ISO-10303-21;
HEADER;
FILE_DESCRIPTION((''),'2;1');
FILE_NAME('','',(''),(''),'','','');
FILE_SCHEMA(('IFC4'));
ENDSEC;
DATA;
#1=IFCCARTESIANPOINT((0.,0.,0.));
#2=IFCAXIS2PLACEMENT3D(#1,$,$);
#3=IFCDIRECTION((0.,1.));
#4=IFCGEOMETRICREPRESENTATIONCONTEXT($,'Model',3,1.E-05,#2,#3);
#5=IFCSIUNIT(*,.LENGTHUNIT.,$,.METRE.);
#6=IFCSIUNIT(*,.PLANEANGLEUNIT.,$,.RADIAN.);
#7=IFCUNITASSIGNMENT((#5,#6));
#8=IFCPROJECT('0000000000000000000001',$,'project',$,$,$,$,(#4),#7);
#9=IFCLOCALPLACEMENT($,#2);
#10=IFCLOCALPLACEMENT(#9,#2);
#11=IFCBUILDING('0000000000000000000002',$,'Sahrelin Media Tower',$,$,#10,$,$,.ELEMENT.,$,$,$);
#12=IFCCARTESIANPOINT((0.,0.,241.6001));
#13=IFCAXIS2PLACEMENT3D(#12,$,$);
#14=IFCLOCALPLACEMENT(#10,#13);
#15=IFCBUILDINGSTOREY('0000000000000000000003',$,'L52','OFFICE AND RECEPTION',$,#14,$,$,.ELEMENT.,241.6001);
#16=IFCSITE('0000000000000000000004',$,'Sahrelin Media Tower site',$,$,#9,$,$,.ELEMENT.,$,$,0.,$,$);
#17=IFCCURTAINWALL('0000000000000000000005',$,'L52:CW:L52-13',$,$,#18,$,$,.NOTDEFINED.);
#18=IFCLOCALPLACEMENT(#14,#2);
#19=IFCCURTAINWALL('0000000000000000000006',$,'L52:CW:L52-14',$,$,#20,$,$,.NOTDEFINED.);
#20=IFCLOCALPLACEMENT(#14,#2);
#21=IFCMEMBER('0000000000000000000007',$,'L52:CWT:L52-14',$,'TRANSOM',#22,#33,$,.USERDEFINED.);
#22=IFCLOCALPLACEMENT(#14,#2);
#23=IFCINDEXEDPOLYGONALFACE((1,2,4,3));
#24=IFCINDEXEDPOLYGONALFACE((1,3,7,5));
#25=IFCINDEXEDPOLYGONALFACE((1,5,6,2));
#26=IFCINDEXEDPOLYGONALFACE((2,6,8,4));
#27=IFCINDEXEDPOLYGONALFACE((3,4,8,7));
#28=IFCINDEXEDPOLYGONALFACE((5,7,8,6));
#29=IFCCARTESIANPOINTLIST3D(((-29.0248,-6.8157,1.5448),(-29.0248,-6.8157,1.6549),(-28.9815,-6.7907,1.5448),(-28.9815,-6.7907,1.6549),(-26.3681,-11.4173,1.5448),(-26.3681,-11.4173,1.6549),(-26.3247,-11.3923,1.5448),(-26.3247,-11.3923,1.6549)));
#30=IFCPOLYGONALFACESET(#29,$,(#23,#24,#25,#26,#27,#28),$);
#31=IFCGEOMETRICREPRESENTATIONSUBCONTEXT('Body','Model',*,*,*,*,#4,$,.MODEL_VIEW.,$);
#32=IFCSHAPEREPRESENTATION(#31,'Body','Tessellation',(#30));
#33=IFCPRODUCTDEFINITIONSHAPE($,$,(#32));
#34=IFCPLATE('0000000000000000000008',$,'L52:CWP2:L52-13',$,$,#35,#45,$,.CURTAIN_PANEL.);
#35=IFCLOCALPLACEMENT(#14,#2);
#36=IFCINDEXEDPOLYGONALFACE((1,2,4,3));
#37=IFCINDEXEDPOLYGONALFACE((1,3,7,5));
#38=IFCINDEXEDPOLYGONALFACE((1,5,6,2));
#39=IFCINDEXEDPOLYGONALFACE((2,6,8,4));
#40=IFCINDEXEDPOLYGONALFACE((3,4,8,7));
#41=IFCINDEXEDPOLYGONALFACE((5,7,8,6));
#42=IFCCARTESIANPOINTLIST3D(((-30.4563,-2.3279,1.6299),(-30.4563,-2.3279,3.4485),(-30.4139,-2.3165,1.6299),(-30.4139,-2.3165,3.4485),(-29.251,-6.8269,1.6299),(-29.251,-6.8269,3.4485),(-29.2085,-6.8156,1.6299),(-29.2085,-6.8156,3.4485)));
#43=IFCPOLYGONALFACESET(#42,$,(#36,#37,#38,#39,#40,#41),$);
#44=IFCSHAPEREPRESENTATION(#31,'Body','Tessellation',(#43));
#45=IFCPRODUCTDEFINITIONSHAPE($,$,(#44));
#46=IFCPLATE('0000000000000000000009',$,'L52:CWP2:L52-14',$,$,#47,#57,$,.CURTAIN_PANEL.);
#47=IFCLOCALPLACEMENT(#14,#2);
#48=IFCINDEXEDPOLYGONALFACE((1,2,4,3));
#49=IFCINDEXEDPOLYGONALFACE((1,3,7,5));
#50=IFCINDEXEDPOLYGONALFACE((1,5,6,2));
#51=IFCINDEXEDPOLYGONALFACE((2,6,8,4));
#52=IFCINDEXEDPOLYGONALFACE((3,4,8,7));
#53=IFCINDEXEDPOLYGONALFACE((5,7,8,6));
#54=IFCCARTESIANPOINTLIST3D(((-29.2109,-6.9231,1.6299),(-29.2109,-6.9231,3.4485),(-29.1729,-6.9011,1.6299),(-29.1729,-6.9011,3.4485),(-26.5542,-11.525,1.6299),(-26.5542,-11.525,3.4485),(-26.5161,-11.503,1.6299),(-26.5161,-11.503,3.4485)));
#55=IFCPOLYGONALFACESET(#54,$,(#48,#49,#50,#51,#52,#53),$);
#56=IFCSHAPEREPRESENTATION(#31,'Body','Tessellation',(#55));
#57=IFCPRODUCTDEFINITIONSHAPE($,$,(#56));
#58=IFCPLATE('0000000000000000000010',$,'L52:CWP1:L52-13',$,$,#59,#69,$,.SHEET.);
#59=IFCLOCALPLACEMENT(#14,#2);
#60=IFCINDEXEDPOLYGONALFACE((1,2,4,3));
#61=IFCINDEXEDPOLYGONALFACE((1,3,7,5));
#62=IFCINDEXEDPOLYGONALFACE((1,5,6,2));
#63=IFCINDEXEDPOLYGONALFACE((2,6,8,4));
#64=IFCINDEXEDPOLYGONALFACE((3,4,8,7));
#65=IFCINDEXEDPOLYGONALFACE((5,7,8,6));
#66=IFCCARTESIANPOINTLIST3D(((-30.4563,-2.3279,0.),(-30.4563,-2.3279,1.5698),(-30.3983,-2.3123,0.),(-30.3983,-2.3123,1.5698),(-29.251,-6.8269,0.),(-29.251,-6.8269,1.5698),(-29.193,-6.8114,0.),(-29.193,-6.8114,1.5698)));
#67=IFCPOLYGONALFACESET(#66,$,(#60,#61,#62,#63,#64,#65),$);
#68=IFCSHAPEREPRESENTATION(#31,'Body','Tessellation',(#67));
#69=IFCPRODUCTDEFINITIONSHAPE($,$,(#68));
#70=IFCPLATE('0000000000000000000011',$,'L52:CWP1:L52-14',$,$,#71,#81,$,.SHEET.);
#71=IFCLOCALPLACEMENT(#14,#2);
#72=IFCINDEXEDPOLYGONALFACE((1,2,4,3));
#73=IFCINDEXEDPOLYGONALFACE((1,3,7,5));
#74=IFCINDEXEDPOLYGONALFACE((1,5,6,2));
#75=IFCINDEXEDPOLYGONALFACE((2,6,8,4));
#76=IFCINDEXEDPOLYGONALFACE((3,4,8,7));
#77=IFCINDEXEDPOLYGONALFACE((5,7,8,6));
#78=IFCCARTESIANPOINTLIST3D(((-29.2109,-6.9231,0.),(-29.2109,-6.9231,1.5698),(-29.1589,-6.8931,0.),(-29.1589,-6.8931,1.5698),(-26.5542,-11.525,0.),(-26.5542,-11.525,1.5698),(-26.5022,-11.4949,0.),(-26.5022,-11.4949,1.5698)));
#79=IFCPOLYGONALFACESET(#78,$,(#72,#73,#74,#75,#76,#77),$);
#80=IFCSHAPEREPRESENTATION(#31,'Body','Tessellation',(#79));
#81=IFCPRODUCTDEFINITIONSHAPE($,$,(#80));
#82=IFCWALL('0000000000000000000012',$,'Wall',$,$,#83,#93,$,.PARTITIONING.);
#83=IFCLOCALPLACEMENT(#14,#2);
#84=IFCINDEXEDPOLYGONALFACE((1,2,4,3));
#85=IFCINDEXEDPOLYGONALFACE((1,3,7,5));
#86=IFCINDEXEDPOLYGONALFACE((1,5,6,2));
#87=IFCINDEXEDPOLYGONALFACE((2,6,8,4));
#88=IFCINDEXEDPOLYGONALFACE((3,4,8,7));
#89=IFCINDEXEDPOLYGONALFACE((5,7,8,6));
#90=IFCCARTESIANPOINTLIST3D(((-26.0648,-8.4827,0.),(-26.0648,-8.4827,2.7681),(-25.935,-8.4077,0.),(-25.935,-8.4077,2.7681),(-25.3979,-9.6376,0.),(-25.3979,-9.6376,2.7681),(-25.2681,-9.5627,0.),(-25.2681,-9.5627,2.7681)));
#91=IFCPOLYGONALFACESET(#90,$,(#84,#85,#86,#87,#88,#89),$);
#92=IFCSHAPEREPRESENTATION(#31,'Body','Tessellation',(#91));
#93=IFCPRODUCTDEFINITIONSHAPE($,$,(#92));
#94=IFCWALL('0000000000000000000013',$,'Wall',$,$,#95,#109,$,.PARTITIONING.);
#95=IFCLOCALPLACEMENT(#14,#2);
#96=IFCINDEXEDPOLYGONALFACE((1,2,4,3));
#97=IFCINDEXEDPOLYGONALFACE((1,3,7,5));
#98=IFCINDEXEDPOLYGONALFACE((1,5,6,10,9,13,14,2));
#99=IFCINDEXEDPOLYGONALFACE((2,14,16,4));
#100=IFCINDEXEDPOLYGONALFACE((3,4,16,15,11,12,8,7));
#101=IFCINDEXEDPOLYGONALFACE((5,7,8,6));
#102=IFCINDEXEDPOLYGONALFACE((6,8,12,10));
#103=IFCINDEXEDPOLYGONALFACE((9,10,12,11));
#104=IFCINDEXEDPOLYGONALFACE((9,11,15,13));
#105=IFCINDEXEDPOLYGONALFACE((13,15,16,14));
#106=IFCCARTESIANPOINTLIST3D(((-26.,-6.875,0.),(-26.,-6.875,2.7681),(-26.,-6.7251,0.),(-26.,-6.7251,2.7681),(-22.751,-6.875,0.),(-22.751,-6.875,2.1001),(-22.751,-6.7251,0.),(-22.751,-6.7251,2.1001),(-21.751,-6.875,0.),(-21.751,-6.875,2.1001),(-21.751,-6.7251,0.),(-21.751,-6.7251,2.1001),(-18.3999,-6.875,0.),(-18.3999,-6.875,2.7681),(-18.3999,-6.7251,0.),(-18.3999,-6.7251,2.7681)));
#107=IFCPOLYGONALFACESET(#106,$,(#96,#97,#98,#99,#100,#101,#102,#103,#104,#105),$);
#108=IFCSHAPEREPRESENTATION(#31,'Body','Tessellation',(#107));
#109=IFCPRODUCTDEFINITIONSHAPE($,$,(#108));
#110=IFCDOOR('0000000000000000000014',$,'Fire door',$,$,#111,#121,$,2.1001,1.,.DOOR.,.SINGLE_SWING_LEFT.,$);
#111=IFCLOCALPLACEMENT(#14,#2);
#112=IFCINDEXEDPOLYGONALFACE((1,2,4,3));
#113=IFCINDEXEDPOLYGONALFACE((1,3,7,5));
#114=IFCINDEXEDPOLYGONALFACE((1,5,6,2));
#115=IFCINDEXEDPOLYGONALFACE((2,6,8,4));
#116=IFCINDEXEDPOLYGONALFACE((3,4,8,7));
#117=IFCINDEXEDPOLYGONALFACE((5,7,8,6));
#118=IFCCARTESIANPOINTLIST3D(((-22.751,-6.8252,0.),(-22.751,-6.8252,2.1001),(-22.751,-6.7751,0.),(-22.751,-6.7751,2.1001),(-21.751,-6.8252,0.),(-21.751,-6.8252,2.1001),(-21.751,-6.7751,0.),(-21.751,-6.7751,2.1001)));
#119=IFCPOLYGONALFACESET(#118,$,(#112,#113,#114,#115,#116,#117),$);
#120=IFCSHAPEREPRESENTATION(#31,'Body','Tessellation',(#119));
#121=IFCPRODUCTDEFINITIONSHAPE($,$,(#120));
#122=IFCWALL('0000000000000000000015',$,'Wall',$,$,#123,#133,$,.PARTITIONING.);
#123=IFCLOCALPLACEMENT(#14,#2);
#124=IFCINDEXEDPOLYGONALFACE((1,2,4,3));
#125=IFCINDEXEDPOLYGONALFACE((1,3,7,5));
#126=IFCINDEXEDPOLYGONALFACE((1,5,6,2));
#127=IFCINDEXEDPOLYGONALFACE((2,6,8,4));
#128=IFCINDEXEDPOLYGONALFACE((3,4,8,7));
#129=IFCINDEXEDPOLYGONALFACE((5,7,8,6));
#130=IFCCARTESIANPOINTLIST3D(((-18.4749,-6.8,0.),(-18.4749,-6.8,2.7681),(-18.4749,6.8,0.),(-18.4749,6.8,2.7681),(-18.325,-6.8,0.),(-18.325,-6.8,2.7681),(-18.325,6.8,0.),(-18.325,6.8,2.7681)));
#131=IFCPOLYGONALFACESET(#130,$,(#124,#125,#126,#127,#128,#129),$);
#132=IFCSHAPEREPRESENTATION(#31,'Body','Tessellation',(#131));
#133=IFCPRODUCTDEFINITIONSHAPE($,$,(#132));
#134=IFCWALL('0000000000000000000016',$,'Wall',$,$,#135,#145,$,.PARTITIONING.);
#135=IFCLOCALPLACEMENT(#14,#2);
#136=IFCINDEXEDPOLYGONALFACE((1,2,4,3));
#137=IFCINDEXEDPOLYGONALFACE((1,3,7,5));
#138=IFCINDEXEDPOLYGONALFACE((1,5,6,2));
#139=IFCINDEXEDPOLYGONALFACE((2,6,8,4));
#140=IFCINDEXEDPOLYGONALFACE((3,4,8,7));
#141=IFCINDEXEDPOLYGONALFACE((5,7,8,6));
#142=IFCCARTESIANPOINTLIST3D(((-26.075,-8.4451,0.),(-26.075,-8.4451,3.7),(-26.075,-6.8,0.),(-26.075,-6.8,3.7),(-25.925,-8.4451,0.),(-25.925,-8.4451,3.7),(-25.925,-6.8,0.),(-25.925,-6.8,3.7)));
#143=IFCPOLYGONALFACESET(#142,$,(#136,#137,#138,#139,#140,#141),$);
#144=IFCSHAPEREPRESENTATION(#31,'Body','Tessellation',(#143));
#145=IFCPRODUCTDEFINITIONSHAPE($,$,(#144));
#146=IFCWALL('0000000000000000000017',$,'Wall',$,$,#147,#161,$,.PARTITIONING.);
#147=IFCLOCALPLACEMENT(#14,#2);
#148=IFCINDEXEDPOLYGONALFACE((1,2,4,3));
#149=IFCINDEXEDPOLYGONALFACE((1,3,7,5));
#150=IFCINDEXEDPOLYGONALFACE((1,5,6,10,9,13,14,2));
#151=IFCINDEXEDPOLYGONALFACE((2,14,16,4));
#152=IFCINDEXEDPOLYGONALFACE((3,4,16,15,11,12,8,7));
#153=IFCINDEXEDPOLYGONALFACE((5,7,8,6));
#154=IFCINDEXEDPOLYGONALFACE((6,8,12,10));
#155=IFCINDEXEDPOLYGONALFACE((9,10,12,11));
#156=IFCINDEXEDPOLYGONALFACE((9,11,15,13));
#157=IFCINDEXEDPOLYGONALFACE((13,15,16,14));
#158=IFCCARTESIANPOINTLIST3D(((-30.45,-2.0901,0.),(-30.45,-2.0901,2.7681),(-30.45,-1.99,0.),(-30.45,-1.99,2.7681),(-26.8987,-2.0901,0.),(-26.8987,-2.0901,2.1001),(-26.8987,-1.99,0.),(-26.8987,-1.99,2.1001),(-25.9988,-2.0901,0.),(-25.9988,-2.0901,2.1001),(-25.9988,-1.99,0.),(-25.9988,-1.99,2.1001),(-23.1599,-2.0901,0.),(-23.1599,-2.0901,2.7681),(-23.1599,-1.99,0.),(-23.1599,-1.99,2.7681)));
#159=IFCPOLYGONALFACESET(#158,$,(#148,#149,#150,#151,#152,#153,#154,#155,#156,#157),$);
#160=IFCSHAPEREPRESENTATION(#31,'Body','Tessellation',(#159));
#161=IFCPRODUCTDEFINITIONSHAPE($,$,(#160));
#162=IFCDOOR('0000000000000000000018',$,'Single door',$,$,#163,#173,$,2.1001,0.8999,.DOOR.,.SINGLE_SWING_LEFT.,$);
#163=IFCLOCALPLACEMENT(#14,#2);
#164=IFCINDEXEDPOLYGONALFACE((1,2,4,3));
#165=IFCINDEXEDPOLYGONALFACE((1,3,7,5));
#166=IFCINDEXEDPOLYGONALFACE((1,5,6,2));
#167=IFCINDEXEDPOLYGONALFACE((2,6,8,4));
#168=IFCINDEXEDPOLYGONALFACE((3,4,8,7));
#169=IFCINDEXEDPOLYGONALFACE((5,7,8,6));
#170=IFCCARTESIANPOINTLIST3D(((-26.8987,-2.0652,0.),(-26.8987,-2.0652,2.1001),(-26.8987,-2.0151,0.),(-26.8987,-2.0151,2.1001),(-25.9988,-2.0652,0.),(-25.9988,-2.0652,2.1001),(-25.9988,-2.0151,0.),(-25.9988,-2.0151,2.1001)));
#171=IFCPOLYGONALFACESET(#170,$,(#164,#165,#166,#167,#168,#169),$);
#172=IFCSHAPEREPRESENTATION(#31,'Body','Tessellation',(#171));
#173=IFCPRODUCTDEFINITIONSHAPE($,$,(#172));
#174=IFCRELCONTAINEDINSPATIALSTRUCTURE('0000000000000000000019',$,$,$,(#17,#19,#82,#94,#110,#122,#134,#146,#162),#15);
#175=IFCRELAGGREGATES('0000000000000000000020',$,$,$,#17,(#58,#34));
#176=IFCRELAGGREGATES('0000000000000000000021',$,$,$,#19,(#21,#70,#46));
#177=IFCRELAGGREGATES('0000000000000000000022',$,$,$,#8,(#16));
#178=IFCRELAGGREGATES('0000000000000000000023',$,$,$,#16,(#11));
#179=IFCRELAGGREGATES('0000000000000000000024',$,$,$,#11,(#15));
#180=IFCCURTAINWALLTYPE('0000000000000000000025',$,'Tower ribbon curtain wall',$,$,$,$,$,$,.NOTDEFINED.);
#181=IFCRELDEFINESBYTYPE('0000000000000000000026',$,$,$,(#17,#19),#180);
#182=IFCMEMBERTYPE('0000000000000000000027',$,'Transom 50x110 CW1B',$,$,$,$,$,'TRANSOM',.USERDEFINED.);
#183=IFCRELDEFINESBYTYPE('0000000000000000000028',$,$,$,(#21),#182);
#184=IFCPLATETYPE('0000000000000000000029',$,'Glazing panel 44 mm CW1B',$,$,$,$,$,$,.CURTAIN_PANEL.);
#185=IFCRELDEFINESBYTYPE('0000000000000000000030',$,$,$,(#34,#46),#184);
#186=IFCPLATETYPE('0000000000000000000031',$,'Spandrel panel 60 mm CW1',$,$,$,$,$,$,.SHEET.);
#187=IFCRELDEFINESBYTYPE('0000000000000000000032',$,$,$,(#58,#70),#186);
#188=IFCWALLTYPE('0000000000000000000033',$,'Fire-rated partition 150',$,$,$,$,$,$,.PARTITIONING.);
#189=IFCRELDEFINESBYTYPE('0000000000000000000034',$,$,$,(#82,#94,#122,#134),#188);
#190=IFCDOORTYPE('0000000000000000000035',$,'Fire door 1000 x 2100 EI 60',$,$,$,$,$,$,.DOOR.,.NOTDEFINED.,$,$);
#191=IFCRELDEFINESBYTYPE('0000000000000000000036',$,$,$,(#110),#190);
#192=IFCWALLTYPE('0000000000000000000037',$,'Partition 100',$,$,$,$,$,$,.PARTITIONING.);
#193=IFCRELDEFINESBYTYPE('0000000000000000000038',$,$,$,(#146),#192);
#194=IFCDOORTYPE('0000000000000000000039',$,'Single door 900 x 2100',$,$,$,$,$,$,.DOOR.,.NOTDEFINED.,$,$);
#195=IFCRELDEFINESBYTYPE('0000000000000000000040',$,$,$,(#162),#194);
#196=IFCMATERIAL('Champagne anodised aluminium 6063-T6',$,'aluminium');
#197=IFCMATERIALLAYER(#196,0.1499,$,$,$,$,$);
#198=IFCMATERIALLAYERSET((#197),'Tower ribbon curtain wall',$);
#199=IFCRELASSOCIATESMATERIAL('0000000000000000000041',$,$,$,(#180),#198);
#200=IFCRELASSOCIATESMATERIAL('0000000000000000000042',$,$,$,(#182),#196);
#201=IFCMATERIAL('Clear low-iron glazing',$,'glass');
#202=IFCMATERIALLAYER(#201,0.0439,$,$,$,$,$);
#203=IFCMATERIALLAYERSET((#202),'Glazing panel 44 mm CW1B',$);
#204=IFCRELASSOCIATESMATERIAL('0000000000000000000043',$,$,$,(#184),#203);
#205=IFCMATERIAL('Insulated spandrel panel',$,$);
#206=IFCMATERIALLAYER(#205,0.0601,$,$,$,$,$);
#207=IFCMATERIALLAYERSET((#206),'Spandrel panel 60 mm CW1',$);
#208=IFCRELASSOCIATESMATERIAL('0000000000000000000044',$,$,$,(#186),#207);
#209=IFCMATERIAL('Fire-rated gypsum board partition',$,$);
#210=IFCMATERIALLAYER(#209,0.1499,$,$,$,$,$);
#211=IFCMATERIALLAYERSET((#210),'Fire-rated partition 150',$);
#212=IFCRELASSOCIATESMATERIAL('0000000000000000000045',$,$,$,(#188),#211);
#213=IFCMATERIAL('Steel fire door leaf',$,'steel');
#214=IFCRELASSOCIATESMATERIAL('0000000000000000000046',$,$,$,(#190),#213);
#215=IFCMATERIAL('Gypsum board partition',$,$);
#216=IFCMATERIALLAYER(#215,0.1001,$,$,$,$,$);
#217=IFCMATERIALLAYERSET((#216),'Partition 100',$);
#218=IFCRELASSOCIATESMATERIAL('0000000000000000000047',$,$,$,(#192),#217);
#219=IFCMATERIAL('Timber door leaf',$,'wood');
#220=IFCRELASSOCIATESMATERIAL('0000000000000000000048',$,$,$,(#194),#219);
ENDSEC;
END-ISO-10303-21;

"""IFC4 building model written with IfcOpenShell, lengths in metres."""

from ifc_helpers import new_model, si_unit, direction, frame, frame_2d, origin, origin_2d, place, context, subcontext, project, spatial, polyline, rectangle, outline, extrude, material, layer, layer_set, material_profile, profile_set, type_object, element, fill, aggregate, save


model = new_model("IFC4")

# Units and contexts
model_context = context("Model", 3, precision=1e-05, world=origin(), true_north=direction((0.0, 1.0)))
body_context = subcontext(model_context, "Body", "Model", "MODEL_VIEW")
ifc_project = project(units=[si_unit("LENGTHUNIT", "METRE"), si_unit("PLANEANGLEUNIT", "RADIAN")], contexts=[model_context])

# Site, building, storey
site_placement = place(None, origin())
site = spatial("IfcSite", under=ifc_project, at=site_placement, Name="Sahrelin Media Tower site", CompositionType="ELEMENT", RefElevation=0.0)
building_placement = place(site_placement, origin())
building = spatial("IfcBuilding", under=site, at=building_placement, Name="Sahrelin Media Tower", CompositionType="ELEMENT")
storey_placement = place(building_placement, frame((0.0, 0.0, 241.6001)))
storey = spatial("IfcBuildingStorey", under=building, at=storey_placement, Name="L52", Description="OFFICE AND RECEPTION", CompositionType="ELEMENT", Elevation=241.6001)

# Curtain wall
ifc_material_1 = material(Name="Champagne anodised aluminium 6063-T6", Category="aluminium")
ifc_layer_1 = layer(ifc_material_1, 0.1499)
ifc_layer_set_1 = layer_set([ifc_layer_1], Name="Tower ribbon curtain wall")
curtain_wall_type = type_object("IfcCurtainWallType", Name="Tower ribbon curtain wall", PredefinedType="NOTDEFINED", material=ifc_layer_set_1)
curtain_wall_1_placement = place(storey_placement, frame((-29.8345, -4.5723, 0.0), z_axis=(0.0, 0.0, 1.0), x_axis=(1.0, 0.0, 0.0)))
curtain_wall_1 = element("IfcCurtainWall", 1, at=curtain_wall_1_placement, inside=storey, type_object=curtain_wall_type, Name="L52:CW:L52-13", PredefinedType="NOTDEFINED")

# Shared definitions
ifc_material_profile_1 = material_profile(ifc_material_1, rectangle(XDim=0.05, YDim=0.1101, at=origin_2d()), Name="Transom 50x110")
ifc_profile_set_1 = profile_set([ifc_material_profile_1], Name="Champagne anodised aluminium 6063-T6")
member_type_1 = type_object("IfcMemberType", Name="Transom 50x110 CW1B", ElementType="TRANSOM", PredefinedType="USERDEFINED", material=ifc_profile_set_1)

# Curtain wall, member
curtain_wall_2_placement = place(storey_placement, frame((-27.8652, -9.2141, 0.0), z_axis=(0.0, 0.0, 1.0), x_axis=(1.0, 0.0, 0.0)))
curtain_wall_2 = element("IfcCurtainWall", 2, at=curtain_wall_2_placement, inside=storey, type_object=curtain_wall_type, Name="L52:CW:L52-14", PredefinedType="NOTDEFINED")
member_1_placement = place(storey_placement, frame((-29.0032, -6.8032, 1.5999), z_axis=(0.500004, -0.866023, 0.0), x_axis=(0.866023, 0.500004, 0.0)))
member_1 = element("IfcMember", 3, at=member_1_placement, type_object=member_type_1, Name="L52:CWT:L52-14", ObjectType="TRANSOM", PredefinedType="USERDEFINED", context=body_context, shape_type="SweptSolid", body=[
    extrude(rectangle(XDim=0.05, YDim=0.1101, at=origin_2d()), origin(), (0.0, 0.0, 1.0), 5.3135),
])

# Plates
ifc_material_2 = material(Name="Clear low-iron glazing", Category="glass")
ifc_layer_2 = layer(ifc_material_2, 0.0439)
ifc_layer_set_2 = layer_set([ifc_layer_2], Name="Glazing panel 44 mm CW1B")
plate_type_1 = type_object("IfcPlateType", Name="Glazing panel 44 mm CW1B", PredefinedType="CURTAIN_PANEL", material=ifc_layer_set_2)
plate_1_placement = place(storey_placement, frame((-30.4563, -2.3279, 1.6299), z_axis=(-0.965936, -0.258781, 0.0), x_axis=(0.258781, -0.965936, 0.0)))
plate_1 = element("IfcPlate", 4, at=plate_1_placement, type_object=plate_type_1, Name="L52:CWP2:L52-13", PredefinedType="CURTAIN_PANEL", context=body_context, shape_type="SweptSolid", body=[
    extrude(outline(polyline([(0.0, 0.0), (4.6577, 0.0), (4.6577, 1.8186), (0.0, 1.8186), (0.0, 0.0)])), origin(), (0.0, 0.0, -1.0), 0.0439),
])
plate_2_placement = place(storey_placement, frame((-29.2109, -6.9231, 1.6299), z_axis=(-0.866035, -0.499984, 0.0), x_axis=(0.499984, -0.866035, 0.0)))
plate_2 = element("IfcPlate", 5, at=plate_2_placement, type_object=plate_type_1, Name="L52:CWP2:L52-14", PredefinedType="CURTAIN_PANEL", context=body_context, shape_type="SweptSolid", body=[
    extrude(outline(polyline([(0.0, 0.0), (5.3137, 0.0), (5.3137, 1.8186), (0.0, 1.8186), (0.0, 0.0)])), origin(), (0.0, 0.0, -1.0), 0.0439),
])
ifc_material_3 = material(Name="Insulated spandrel panel")
ifc_layer_3 = layer(ifc_material_3, 0.0601)
ifc_layer_set_3 = layer_set([ifc_layer_3], Name="Spandrel panel 60 mm CW1")
plate_type_2 = type_object("IfcPlateType", Name="Spandrel panel 60 mm CW1", PredefinedType="SHEET", material=ifc_layer_set_3)
plate_3_placement = place(storey_placement, frame((-30.4563, -2.3279, 0.0), z_axis=(-0.965936, -0.258781, 0.0), x_axis=(0.258781, -0.965936, 0.0)))
plate_3 = element("IfcPlate", 6, at=plate_3_placement, type_object=plate_type_2, Name="L52:CWP1:L52-13", PredefinedType="SHEET", context=body_context, shape_type="SweptSolid", body=[
    extrude(outline(polyline([(0.0, 0.0), (4.6577, 0.0), (4.6577, 1.5698), (0.0, 1.5698), (0.0, 0.0)])), origin(), (0.0, 0.0, -1.0), 0.0601),
])
aggregate(curtain_wall_1, [plate_3, plate_1])
plate_4_placement = place(storey_placement, frame((-29.2109, -6.9231, 0.0), z_axis=(-0.866035, -0.499984, 0.0), x_axis=(0.499984, -0.866035, 0.0)))
plate_4 = element("IfcPlate", 7, at=plate_4_placement, type_object=plate_type_2, Name="L52:CWP1:L52-14", PredefinedType="SHEET", context=body_context, shape_type="SweptSolid", body=[
    extrude(outline(polyline([(0.0, 0.0), (5.3137, 0.0), (5.3137, 1.5698), (0.0, 1.5698), (0.0, 0.0)])), origin(), (0.0, 0.0, -1.0), 0.0601),
])
aggregate(curtain_wall_2, [member_1, plate_4, plate_2])

# Wall
ifc_material_4 = material(Name="Fire-rated gypsum board partition")
ifc_layer_4 = layer(ifc_material_4, 0.1499)
ifc_layer_set_4 = layer_set([ifc_layer_4], Name="Fire-rated partition 150")
wall_type_1 = type_object("IfcWallType", Name="Fire-rated partition 150", PredefinedType="PARTITIONING", material=ifc_layer_set_4)
wall_1_placement = place(storey_placement, frame((-26.0, -8.4451, 0.0), z_axis=(0.0, 0.0, 1.0), x_axis=(0.500076, -0.865981, 0.0)))
element("IfcWall", 8, at=wall_1_placement, inside=storey, type_object=wall_type_1, Name="Wall", PredefinedType="PARTITIONING", context=body_context, shape_type="SweptSolid", body=[
    extrude(rectangle(XDim=1.3337, YDim=0.1499, at=frame_2d((0.667, 0.0))), origin(), (0.0, 0.0, 1.0), 2.7681),
])

# Wall, opening, door
wall_2_placement = place(storey_placement, frame((-26.0, -6.8, 0.0), z_axis=(0.0, 0.0, 1.0), x_axis=(1.0, 0.0, 0.0)))
wall_2 = element("IfcWall", 9, at=wall_2_placement, inside=storey, type_object=wall_type_1, Name="Wall", PredefinedType="PARTITIONING", context=body_context, shape_type="SweptSolid", body=[
    extrude(rectangle(XDim=7.6001, YDim=0.1499, at=frame_2d((3.8, 0.0))), origin(), (0.0, 0.0, 1.0), 2.7681),
])
opening_1_placement = place(wall_2_placement, frame((3.249, 0.0, 0.0)))
opening_1 = element("IfcOpeningElement", 10, at=opening_1_placement, cuts=wall_2, PredefinedType="OPENING", context=body_context, shape_type="SweptSolid", body=[
    extrude(rectangle(XDim=1.0, YDim=2.1001, at=frame_2d((0.5, 1.05))), frame((0.0, 0.075, 0.0), z_axis=(0.0, -1.0, 0.0), x_axis=(1.0, 0.0, 0.0)), (0.0, 0.0, 1.0), 0.1499),
])
ifc_material_5 = material(Name="Steel fire door leaf", Category="steel")
door_type_1 = type_object("IfcDoorType", Name="Fire door 1000 x 2100 EI 60", OperationType="NOTDEFINED", PredefinedType="DOOR", material=ifc_material_5)
door_1_placement = place(opening_1_placement, origin())
door_1 = element("IfcDoor", 11, at=door_1_placement, inside=storey, type_object=door_type_1, Name="Fire door", OperationType="SINGLE_SWING_LEFT", OverallHeight=2.1001, OverallWidth=1.0, PredefinedType="DOOR", context=body_context, shape_type="SweptSolid", body=[
    extrude(rectangle(XDim=1.0, YDim=2.1001, at=frame_2d((0.5, 1.05))), frame((0.0, 0.0249, 0.0), z_axis=(0.0, -1.0, 0.0), x_axis=(1.0, 0.0, 0.0)), (0.0, 0.0, 1.0), 0.05),
])
fill(opening_1, door_1)

# Walls
wall_3_placement = place(storey_placement, frame((-18.3999, -6.8, 0.0), z_axis=(0.0, 0.0, 1.0), x_axis=(0.0, 1.0, 0.0)))
element("IfcWall", 12, at=wall_3_placement, inside=storey, type_object=wall_type_1, Name="Wall", PredefinedType="PARTITIONING", context=body_context, shape_type="SweptSolid", body=[
    extrude(rectangle(XDim=13.6001, YDim=0.1499, at=frame_2d((6.8, 0.0))), origin(), (0.0, 0.0, 1.0), 2.7681),
])
wall_4_placement = place(storey_placement, frame((-26.0, -8.4451, 0.0), z_axis=(0.0, 0.0, 1.0), x_axis=(0.0, 1.0, 0.0)))
element("IfcWall", 13, at=wall_4_placement, inside=storey, type_object=wall_type_1, Name="Wall", PredefinedType="PARTITIONING", context=body_context, shape_type="SweptSolid", body=[
    extrude(rectangle(XDim=1.645, YDim=0.1499, at=frame_2d((0.8225, 0.0))), origin(), (0.0, 0.0, 1.0), 3.7),
])

# Wall, opening, door
ifc_material_6 = material(Name="Gypsum board partition")
ifc_layer_5 = layer(ifc_material_6, 0.1001)
ifc_layer_set_5 = layer_set([ifc_layer_5], Name="Partition 100")
wall_type_2 = type_object("IfcWallType", Name="Partition 100", PredefinedType="PARTITIONING", material=ifc_layer_set_5)
wall_5_placement = place(storey_placement, frame((-30.45, -2.04, 0.0), z_axis=(0.0, 0.0, 1.0), x_axis=(1.0, 0.0, 0.0)))
wall_5 = element("IfcWall", 14, at=wall_5_placement, inside=storey, type_object=wall_type_2, Name="Wall", PredefinedType="PARTITIONING", context=body_context, shape_type="SweptSolid", body=[
    extrude(rectangle(XDim=7.29, YDim=0.1001, at=frame_2d((3.645, 0.0))), origin(), (0.0, 0.0, 1.0), 2.7681),
])
opening_2_placement = place(wall_5_placement, frame((3.5513, 0.0, 0.0)))
opening_2 = element("IfcOpeningElement", 15, at=opening_2_placement, cuts=wall_5, PredefinedType="OPENING", context=body_context, shape_type="SweptSolid", body=[
    extrude(rectangle(XDim=0.8999, YDim=2.1001, at=frame_2d((0.45, 1.05))), frame((0.0, 0.05, 0.0), z_axis=(0.0, -1.0, 0.0), x_axis=(1.0, 0.0, 0.0)), (0.0, 0.0, 1.0), 0.1001),
])
ifc_material_7 = material(Name="Timber door leaf", Category="wood")
door_type_2 = type_object("IfcDoorType", Name="Single door 900 x 2100", OperationType="NOTDEFINED", PredefinedType="DOOR", material=ifc_material_7)
door_2_placement = place(opening_2_placement, origin())
door_2 = element("IfcDoor", 16, at=door_2_placement, inside=storey, type_object=door_type_2, Name="Single door", OperationType="SINGLE_SWING_LEFT", OverallHeight=2.1001, OverallWidth=0.8999, PredefinedType="DOOR", context=body_context, shape_type="SweptSolid", body=[
    extrude(rectangle(XDim=0.8999, YDim=2.1001, at=frame_2d((0.45, 1.05))), frame((0.0, 0.0249, 0.0), z_axis=(0.0, -1.0, 0.0), x_axis=(1.0, 0.0, 0.0)), (0.0, 0.0, 1.0), 0.05),
])
fill(opening_2, door_2)

save(model, "model.ifc")
